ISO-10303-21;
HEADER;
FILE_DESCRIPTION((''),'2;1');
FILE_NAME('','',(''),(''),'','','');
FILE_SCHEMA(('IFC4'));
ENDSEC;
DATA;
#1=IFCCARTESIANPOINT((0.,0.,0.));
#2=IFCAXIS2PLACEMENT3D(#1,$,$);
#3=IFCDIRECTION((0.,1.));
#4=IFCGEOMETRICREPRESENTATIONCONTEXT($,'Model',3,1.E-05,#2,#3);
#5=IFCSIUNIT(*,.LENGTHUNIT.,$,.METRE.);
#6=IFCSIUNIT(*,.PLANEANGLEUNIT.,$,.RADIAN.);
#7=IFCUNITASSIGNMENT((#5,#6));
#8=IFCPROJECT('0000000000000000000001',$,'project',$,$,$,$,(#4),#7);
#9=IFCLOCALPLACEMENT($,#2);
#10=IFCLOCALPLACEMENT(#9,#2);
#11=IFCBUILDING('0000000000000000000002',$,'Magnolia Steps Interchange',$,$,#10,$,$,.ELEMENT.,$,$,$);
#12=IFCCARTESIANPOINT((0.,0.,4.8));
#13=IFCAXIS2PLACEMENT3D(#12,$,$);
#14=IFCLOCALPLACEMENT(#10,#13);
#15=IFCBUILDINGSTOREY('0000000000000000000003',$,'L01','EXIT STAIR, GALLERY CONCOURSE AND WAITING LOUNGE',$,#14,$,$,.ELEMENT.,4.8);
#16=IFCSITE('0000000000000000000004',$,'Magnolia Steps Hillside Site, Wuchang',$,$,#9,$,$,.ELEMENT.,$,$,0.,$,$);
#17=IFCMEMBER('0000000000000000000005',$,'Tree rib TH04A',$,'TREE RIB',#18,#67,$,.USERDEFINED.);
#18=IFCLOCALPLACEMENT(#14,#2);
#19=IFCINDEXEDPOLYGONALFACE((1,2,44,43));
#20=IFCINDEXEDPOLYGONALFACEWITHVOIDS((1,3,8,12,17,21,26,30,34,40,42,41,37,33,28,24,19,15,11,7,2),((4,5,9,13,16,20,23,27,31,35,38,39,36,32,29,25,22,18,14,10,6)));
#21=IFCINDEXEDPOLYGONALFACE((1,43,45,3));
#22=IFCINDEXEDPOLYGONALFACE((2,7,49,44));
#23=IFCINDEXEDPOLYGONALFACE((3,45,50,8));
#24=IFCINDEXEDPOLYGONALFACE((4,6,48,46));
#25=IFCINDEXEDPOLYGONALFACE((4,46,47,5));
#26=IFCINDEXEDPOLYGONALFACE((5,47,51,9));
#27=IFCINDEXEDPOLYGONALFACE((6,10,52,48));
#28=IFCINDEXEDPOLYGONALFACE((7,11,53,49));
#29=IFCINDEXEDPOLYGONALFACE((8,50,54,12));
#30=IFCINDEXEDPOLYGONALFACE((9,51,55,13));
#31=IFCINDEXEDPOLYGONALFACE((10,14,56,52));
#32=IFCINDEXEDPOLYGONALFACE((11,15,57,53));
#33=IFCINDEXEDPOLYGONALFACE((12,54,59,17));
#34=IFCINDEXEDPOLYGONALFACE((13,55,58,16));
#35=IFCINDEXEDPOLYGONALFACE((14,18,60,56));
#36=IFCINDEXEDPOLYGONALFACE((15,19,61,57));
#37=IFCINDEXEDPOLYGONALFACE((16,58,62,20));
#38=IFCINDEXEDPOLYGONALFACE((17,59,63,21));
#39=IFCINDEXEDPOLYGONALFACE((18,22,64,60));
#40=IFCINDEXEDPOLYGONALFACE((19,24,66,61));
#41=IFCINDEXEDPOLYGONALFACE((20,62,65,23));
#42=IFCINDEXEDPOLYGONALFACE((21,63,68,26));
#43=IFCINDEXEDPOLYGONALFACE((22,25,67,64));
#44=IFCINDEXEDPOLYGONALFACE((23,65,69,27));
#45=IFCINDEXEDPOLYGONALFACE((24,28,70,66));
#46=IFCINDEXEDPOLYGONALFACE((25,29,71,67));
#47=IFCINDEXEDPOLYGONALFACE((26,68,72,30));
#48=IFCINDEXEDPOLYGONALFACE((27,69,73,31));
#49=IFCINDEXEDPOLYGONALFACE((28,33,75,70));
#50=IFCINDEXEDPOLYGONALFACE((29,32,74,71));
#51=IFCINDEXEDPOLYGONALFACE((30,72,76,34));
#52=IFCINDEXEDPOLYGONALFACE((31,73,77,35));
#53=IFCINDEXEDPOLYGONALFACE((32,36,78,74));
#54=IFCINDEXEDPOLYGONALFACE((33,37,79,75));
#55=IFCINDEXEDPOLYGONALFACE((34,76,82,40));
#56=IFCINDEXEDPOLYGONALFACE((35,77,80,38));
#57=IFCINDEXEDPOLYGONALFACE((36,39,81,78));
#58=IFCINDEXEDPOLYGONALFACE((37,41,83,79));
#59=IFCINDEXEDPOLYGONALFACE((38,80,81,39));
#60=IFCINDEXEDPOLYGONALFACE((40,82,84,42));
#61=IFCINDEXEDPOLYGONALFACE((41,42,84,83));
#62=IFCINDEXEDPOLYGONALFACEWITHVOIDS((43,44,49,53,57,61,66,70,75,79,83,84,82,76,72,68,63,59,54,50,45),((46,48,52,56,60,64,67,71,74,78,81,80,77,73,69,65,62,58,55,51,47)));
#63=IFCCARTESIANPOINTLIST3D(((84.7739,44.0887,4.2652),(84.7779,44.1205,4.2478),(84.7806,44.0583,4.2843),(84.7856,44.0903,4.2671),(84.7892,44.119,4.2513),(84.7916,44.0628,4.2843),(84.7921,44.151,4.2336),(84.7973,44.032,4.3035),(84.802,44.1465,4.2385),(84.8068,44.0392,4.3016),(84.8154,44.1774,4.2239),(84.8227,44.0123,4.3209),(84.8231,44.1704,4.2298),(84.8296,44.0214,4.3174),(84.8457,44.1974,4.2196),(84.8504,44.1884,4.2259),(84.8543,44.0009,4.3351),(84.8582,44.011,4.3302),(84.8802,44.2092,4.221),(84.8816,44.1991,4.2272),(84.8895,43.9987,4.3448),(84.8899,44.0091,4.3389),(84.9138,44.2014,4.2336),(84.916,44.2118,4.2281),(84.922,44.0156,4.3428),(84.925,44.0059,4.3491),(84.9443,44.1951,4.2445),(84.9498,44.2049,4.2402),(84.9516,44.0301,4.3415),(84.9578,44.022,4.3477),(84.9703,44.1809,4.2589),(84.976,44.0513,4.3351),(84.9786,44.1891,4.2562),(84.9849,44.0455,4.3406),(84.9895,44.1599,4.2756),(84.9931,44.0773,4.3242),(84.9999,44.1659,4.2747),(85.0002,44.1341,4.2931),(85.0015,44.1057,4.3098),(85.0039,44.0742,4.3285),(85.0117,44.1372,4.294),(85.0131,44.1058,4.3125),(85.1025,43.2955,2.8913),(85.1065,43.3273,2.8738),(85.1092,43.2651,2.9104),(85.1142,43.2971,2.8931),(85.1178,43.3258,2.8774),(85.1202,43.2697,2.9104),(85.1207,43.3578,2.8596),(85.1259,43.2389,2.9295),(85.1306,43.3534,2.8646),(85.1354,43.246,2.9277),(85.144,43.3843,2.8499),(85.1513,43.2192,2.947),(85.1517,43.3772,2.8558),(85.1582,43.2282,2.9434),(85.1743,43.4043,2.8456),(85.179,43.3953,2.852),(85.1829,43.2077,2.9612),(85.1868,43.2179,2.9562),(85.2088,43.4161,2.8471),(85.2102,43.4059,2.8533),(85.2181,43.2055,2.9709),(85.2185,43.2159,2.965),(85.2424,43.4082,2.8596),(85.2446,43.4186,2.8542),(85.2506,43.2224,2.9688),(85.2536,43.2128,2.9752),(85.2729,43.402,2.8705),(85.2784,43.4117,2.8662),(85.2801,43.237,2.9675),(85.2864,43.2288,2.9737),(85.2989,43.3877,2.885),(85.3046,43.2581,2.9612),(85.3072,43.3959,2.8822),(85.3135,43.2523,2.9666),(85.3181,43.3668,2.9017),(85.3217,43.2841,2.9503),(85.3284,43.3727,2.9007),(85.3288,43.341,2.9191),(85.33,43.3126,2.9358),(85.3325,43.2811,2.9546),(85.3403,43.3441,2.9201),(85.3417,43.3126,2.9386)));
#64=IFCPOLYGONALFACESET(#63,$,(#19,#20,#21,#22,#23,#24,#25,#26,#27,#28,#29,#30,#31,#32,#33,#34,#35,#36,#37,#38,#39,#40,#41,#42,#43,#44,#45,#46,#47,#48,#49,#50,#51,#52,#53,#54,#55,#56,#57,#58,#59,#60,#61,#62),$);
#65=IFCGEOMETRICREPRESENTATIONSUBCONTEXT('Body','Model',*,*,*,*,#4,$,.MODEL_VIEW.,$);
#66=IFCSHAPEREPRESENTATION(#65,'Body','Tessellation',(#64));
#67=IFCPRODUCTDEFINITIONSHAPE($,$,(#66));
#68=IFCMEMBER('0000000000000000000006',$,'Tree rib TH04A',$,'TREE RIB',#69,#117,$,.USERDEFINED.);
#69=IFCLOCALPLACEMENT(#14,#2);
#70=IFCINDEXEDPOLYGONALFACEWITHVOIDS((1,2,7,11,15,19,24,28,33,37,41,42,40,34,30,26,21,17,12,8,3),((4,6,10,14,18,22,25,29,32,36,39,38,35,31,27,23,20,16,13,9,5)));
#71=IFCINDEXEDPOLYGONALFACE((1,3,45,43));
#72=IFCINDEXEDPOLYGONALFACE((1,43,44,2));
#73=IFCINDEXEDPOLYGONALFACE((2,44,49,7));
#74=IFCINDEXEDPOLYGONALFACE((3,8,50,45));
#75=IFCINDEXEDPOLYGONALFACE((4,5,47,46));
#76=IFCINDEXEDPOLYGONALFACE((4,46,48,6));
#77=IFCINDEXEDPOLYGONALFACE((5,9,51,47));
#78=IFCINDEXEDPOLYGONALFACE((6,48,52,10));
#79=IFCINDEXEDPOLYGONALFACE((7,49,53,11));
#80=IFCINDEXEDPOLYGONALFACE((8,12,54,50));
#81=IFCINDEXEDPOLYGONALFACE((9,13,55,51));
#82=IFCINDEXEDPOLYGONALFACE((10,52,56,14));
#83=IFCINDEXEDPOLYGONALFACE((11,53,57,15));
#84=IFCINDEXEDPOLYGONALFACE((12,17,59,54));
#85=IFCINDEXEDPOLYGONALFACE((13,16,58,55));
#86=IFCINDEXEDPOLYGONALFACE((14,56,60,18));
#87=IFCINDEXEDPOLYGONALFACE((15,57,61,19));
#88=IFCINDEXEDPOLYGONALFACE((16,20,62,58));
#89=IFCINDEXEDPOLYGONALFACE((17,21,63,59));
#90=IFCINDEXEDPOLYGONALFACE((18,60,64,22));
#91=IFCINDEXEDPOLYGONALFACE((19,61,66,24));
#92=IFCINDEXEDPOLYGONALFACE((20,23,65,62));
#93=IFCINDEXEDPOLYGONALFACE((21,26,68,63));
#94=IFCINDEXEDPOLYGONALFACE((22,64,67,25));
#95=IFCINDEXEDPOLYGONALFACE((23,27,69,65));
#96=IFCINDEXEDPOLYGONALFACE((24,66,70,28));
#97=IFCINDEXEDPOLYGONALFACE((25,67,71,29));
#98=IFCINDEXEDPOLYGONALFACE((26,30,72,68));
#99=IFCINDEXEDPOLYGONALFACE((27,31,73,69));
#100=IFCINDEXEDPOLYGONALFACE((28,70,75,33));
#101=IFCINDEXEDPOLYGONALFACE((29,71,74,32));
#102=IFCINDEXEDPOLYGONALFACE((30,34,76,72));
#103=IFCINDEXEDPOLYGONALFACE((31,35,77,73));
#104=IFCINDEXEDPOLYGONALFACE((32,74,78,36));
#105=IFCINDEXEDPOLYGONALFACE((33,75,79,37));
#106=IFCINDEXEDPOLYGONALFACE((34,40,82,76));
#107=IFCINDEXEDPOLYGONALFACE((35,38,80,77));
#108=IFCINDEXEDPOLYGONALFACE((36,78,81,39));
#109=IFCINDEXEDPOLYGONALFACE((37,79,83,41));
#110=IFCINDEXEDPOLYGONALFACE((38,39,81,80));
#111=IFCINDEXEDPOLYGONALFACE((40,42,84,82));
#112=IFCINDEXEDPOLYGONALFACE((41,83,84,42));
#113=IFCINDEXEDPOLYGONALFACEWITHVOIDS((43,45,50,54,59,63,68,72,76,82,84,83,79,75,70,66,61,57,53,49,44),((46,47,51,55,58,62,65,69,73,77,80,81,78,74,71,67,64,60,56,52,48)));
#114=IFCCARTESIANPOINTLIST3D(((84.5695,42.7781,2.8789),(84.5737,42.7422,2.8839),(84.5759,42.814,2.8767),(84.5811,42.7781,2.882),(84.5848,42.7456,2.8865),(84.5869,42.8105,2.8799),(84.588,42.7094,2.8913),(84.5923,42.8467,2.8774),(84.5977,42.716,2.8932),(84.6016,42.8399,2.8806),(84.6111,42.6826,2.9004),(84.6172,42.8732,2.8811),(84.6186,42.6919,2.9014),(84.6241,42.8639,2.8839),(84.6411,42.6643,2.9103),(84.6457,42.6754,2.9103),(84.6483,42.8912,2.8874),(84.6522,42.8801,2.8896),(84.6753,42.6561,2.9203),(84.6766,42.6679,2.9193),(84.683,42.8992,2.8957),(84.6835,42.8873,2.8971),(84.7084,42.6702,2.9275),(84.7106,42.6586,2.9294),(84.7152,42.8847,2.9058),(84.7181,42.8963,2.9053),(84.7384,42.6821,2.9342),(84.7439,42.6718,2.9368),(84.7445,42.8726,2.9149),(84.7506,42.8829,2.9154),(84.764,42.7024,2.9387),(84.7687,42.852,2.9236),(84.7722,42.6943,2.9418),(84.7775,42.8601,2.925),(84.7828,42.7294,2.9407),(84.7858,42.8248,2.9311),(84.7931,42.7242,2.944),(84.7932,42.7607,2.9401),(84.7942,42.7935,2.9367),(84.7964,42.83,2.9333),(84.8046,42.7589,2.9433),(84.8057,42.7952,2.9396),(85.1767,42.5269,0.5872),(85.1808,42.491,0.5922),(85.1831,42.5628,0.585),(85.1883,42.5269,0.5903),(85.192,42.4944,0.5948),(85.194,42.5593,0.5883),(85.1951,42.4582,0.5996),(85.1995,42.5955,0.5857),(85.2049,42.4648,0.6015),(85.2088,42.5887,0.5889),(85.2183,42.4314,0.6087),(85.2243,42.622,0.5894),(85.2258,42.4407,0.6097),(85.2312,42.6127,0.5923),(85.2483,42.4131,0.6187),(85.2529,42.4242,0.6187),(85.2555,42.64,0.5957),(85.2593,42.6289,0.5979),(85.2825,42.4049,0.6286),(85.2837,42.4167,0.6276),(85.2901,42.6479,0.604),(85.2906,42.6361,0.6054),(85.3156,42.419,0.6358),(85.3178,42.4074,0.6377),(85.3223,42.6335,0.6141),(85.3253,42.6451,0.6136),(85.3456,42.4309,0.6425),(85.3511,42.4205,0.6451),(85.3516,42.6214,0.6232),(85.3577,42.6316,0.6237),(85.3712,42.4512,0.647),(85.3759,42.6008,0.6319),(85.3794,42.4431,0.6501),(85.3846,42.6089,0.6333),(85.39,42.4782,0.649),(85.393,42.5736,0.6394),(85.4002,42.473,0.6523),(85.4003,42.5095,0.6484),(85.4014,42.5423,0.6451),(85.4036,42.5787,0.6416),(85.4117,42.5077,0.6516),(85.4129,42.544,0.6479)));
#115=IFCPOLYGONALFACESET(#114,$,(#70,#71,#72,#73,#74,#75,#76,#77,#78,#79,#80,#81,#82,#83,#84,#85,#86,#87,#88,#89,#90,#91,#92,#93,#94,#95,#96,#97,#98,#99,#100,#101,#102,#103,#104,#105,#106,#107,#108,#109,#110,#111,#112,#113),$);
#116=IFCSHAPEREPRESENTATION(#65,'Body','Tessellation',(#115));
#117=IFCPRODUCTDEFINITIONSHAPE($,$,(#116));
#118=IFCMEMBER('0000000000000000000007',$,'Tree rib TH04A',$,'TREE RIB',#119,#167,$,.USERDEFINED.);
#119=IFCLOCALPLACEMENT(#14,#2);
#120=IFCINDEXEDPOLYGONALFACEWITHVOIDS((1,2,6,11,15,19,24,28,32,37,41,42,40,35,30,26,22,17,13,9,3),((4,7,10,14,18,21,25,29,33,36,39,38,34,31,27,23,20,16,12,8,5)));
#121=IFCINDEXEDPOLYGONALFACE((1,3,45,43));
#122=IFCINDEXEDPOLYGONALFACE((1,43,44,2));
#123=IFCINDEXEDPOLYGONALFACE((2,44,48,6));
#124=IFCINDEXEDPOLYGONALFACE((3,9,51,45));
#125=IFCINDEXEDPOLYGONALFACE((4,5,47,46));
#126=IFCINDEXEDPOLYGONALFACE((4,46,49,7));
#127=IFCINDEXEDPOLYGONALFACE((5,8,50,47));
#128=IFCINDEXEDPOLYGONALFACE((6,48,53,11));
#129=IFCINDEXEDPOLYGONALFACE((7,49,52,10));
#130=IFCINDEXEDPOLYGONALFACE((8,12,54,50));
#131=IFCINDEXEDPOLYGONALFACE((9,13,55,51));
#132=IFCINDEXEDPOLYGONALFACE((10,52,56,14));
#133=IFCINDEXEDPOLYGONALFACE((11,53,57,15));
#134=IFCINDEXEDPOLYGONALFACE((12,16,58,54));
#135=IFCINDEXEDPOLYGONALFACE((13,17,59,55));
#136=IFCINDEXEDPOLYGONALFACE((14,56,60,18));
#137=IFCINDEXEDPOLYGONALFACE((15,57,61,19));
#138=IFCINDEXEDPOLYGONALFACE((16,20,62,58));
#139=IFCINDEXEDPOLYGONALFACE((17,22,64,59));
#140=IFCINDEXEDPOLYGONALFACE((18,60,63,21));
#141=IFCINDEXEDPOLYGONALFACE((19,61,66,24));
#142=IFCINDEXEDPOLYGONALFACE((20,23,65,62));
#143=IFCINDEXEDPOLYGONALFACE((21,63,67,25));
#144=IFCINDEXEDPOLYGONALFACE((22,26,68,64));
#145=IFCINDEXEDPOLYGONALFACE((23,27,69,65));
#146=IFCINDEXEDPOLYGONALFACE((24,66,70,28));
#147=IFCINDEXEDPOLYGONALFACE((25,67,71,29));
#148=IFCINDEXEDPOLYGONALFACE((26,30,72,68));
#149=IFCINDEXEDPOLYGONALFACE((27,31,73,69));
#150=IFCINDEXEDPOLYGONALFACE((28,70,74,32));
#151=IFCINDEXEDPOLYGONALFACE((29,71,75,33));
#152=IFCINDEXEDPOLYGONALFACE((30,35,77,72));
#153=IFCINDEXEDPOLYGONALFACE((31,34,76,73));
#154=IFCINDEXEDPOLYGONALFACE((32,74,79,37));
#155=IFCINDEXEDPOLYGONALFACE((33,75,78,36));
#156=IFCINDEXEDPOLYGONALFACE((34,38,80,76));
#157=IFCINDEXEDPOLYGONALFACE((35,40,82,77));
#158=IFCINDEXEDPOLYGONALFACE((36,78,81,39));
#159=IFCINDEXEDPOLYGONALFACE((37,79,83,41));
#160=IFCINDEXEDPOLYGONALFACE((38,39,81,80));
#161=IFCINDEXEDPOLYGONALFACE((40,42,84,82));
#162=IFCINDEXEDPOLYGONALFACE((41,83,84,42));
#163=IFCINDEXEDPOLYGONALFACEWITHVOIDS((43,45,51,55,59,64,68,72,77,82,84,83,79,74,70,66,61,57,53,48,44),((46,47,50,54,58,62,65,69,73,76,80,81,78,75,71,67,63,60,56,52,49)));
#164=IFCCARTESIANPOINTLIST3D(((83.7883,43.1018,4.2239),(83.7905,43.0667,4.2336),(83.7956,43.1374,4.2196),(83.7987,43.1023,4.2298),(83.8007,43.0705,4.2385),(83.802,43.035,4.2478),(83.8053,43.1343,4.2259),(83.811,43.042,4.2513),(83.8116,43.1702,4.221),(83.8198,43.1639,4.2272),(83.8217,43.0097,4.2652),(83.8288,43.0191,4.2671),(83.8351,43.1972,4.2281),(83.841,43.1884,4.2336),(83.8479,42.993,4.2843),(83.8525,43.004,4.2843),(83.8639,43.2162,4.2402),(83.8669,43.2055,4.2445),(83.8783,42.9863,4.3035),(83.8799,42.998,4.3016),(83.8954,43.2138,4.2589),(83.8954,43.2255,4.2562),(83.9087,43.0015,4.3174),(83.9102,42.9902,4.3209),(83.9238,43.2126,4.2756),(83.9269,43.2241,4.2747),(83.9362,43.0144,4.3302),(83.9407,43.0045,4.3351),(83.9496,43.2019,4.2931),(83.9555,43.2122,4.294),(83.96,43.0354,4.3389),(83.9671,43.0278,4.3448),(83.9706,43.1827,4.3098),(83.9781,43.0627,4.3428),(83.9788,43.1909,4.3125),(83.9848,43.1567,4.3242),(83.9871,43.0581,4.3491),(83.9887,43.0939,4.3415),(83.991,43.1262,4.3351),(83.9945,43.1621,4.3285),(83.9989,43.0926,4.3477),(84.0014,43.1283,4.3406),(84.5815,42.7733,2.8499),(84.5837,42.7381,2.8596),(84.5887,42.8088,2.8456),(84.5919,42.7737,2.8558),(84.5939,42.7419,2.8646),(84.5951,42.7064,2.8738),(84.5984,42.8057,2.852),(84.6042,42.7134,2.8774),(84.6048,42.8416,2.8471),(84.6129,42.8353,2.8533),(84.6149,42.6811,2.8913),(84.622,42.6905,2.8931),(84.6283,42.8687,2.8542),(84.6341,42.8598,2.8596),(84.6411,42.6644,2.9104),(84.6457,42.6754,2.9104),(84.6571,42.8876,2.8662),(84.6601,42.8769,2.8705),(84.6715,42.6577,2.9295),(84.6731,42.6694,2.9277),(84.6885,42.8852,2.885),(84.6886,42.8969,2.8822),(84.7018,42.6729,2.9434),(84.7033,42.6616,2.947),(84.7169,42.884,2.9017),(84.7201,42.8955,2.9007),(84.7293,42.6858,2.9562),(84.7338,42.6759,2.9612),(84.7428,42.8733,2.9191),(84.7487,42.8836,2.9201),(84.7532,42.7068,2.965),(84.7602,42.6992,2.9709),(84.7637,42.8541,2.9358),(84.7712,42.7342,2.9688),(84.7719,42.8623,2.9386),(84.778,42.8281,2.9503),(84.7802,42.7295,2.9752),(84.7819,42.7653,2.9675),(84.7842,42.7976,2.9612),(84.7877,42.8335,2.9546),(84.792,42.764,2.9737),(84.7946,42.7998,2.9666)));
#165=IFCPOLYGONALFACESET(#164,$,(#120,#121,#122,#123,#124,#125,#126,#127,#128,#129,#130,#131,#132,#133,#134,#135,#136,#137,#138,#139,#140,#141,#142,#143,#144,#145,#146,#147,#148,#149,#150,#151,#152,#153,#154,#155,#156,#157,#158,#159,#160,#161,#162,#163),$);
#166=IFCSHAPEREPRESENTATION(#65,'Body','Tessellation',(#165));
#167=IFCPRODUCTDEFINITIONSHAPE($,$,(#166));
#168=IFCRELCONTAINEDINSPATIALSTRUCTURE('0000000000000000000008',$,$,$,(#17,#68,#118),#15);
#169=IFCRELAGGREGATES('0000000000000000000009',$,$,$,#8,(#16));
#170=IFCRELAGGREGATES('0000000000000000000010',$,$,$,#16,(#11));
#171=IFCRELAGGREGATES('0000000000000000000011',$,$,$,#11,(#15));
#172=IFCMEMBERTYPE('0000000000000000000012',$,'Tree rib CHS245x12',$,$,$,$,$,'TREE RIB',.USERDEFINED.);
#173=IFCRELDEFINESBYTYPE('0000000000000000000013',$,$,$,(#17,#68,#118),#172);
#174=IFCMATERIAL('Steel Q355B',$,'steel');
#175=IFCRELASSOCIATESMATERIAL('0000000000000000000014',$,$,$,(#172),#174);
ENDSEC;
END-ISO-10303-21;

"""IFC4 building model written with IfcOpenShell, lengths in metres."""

from ifc_helpers import new_model, si_unit, direction, frame, origin, origin_2d, place, context, subcontext, project, spatial, hollow_circle, extrude, material, material_profile, profile_set, type_object, element, save


model = new_model("IFC4")

# Units and contexts
model_context = context("Model", 3, precision=1e-05, world=origin(), true_north=direction((0.0, 1.0)))
body_context = subcontext(model_context, "Body", "Model", "MODEL_VIEW")
ifc_project = project(units=[si_unit("LENGTHUNIT", "METRE"), si_unit("PLANEANGLEUNIT", "RADIAN")], contexts=[model_context])

# Site, building, storey
site_placement = place(None, origin())
site = spatial("IfcSite", under=ifc_project, at=site_placement, Name="Magnolia Steps Hillside Site, Wuchang", CompositionType="ELEMENT", RefElevation=0.0)
building_placement = place(site_placement, origin())
building = spatial("IfcBuilding", under=site, at=building_placement, Name="Magnolia Steps Interchange", CompositionType="ELEMENT")
storey_placement = place(building_placement, frame((0.0, 0.0, 4.8)))
storey = spatial("IfcBuildingStorey", under=building, at=storey_placement, Name="L01", Description="EXIT STAIR, GALLERY CONCOURSE AND WAITING LOUNGE", CompositionType="ELEMENT", Elevation=4.8)

# Members
ifc_material_1 = material(Name="Steel Q355B", Category="steel")
ifc_material_profile_1 = material_profile(ifc_material_1, hollow_circle(Radius=0.1226, WallThickness=0.012, at=origin_2d()), Name="CHS245x12")
ifc_profile_set_1 = profile_set([ifc_material_profile_1], Name="Steel Q355B")
member_type_1 = type_object("IfcMemberType", Name="Tree rib CHS245x12", ElementType="TREE RIB", PredefinedType="USERDEFINED", material=ifc_profile_set_1)
member_1_placement = place(storey_placement, frame((85.2224, 43.312, 2.9104), z_axis=(-0.20282, 0.489571, 0.848047), x_axis=(-0.923857, -0.382737, 0.0)))
element("IfcMember", 1, at=member_1_placement, inside=storey, type_object=member_type_1, Name="Tree rib TH04A", ObjectType="TREE RIB", PredefinedType="USERDEFINED", context=body_context, shape_type="SweptSolid", body=[
    extrude(hollow_circle(Radius=0.1226, WallThickness=0.012, at=origin_2d()), origin(), (0.0, 0.0, 1.0), 1.6201),
])
member_2_placement = place(storey_placement, frame((85.2952, 42.5264, 0.6187), z_axis=(-0.254679, 0.105374, 0.961267), x_axis=(-0.382319, -0.92403, 0.0)))
element("IfcMember", 2, at=member_2_placement, inside=storey, type_object=member_type_1, Name="Tree rib TH04A", ObjectType="TREE RIB", PredefinedType="USERDEFINED", context=body_context, shape_type="SweptSolid", body=[
    extrude(hollow_circle(Radius=0.1226, WallThickness=0.012, at=origin_2d()), origin(), (0.0, 0.0, 1.0), 2.384),
])
member_3_placement = place(storey_placement, frame((84.688, 42.7776, 2.9104), z_axis=(-0.489571, 0.20282, 0.848047), x_axis=(-0.382737, -0.923857, 0.0)))
element("IfcMember", 3, at=member_3_placement, inside=storey, type_object=member_type_1, Name="Tree rib TH04A", ObjectType="TREE RIB", PredefinedType="USERDEFINED", context=body_context, shape_type="SweptSolid", body=[
    extrude(hollow_circle(Radius=0.1226, WallThickness=0.012, at=origin_2d()), origin(), (0.0, 0.0, 1.0), 1.6201),
])

save(model, "model.ifc")
